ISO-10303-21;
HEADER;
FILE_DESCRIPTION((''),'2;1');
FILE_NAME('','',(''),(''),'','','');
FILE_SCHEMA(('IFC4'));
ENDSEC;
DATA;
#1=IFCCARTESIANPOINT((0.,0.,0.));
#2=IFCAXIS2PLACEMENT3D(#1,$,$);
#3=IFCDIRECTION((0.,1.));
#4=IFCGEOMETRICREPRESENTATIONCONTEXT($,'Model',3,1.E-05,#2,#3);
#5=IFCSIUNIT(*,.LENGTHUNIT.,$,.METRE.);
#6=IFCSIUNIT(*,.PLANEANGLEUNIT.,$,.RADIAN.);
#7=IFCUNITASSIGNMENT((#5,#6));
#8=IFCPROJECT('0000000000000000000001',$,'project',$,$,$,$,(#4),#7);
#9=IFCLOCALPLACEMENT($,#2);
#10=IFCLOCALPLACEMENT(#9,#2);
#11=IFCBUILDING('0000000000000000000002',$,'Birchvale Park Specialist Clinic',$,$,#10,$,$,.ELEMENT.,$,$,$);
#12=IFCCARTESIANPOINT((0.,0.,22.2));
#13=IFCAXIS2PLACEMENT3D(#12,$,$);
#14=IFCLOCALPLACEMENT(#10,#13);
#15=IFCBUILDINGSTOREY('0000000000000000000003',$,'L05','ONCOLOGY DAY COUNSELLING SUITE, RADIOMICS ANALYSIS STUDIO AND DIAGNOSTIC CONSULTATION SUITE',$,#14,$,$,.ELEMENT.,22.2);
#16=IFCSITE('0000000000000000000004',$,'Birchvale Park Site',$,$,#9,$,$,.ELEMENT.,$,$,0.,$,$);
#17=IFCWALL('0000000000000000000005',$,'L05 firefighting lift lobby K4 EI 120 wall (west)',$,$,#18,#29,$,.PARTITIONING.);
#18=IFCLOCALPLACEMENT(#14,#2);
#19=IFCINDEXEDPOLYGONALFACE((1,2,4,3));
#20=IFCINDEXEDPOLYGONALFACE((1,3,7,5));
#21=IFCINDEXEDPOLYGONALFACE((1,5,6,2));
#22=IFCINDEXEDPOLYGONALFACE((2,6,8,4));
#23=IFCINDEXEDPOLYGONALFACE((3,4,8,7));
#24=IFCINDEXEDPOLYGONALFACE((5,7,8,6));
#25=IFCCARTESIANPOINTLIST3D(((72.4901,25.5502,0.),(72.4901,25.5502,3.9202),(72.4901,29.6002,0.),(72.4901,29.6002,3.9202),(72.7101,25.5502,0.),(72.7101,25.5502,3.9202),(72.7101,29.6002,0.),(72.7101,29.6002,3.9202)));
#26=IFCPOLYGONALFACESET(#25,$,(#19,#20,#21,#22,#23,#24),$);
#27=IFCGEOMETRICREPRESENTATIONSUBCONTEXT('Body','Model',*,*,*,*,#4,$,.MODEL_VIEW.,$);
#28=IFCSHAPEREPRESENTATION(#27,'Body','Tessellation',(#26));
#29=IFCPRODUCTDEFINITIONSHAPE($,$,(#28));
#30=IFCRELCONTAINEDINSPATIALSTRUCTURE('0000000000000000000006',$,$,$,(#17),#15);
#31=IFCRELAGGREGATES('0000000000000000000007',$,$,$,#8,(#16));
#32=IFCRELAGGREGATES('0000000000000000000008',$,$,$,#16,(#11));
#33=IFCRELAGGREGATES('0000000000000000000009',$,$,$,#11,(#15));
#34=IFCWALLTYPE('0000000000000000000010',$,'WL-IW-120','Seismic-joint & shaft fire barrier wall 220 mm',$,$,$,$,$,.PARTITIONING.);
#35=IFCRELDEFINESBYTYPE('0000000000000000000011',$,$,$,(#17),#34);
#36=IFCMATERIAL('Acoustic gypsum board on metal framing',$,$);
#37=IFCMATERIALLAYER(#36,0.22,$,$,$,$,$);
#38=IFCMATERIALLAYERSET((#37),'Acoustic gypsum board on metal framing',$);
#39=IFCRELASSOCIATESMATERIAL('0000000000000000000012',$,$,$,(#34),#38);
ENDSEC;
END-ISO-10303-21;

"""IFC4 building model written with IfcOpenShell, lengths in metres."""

from ifc_helpers import new_model, si_unit, direction, frame, frame_2d, origin, place, context, subcontext, project, spatial, rectangle, extrude, material, layer, layer_set, type_object, element, save


model = new_model("IFC4")

# Units and contexts
model_context = context("Model", 3, precision=1e-05, world=origin(), true_north=direction((0.0, 1.0)))
body_context = subcontext(model_context, "Body", "Model", "MODEL_VIEW")
ifc_project = project(units=[si_unit("LENGTHUNIT", "METRE"), si_unit("PLANEANGLEUNIT", "RADIAN")], contexts=[model_context])

# Site, building, storey
site_placement = place(None, origin())
site = spatial("IfcSite", under=ifc_project, at=site_placement, Name="Birchvale Park Site", CompositionType="ELEMENT", RefElevation=0.0)
building_placement = place(site_placement, origin())
building = spatial("IfcBuilding", under=site, at=building_placement, Name="Birchvale Park Specialist Clinic", CompositionType="ELEMENT")
storey_placement = place(building_placement, frame((0.0, 0.0, 22.2)))
storey = spatial("IfcBuildingStorey", under=building, at=storey_placement, Name="L05", Description="ONCOLOGY DAY COUNSELLING SUITE, RADIOMICS ANALYSIS STUDIO AND DIAGNOSTIC CONSULTATION SUITE", CompositionType="ELEMENT", Elevation=22.2)

# Wall
ifc_material_1 = material(Name="Acoustic gypsum board on metal framing")
ifc_layer_1 = layer(ifc_material_1, 0.22)
ifc_layer_set_1 = layer_set([ifc_layer_1], Name="Acoustic gypsum board on metal framing")
wall_type_1 = type_object("IfcWallType", Name="WL-IW-120", Description="Seismic-joint & shaft fire barrier wall 220 mm", PredefinedType="PARTITIONING", material=ifc_layer_set_1)
wall_1_placement = place(storey_placement, frame((72.6001, 29.6001, 0.0), z_axis=(0.0, 0.0, 1.0), x_axis=(0.0, -1.0, 0.0)))
element("IfcWall", 1, at=wall_1_placement, inside=storey, type_object=wall_type_1, Name="L05 firefighting lift lobby K4 EI 120 wall (west)", PredefinedType="PARTITIONING", context=body_context, shape_type="SweptSolid", body=[
    extrude(rectangle(XDim=4.05, YDim=0.22, at=frame_2d((2.0249, 0.0))), origin(), (0.0, 0.0, 1.0), 3.9202),
])

save(model, "model.ifc")
